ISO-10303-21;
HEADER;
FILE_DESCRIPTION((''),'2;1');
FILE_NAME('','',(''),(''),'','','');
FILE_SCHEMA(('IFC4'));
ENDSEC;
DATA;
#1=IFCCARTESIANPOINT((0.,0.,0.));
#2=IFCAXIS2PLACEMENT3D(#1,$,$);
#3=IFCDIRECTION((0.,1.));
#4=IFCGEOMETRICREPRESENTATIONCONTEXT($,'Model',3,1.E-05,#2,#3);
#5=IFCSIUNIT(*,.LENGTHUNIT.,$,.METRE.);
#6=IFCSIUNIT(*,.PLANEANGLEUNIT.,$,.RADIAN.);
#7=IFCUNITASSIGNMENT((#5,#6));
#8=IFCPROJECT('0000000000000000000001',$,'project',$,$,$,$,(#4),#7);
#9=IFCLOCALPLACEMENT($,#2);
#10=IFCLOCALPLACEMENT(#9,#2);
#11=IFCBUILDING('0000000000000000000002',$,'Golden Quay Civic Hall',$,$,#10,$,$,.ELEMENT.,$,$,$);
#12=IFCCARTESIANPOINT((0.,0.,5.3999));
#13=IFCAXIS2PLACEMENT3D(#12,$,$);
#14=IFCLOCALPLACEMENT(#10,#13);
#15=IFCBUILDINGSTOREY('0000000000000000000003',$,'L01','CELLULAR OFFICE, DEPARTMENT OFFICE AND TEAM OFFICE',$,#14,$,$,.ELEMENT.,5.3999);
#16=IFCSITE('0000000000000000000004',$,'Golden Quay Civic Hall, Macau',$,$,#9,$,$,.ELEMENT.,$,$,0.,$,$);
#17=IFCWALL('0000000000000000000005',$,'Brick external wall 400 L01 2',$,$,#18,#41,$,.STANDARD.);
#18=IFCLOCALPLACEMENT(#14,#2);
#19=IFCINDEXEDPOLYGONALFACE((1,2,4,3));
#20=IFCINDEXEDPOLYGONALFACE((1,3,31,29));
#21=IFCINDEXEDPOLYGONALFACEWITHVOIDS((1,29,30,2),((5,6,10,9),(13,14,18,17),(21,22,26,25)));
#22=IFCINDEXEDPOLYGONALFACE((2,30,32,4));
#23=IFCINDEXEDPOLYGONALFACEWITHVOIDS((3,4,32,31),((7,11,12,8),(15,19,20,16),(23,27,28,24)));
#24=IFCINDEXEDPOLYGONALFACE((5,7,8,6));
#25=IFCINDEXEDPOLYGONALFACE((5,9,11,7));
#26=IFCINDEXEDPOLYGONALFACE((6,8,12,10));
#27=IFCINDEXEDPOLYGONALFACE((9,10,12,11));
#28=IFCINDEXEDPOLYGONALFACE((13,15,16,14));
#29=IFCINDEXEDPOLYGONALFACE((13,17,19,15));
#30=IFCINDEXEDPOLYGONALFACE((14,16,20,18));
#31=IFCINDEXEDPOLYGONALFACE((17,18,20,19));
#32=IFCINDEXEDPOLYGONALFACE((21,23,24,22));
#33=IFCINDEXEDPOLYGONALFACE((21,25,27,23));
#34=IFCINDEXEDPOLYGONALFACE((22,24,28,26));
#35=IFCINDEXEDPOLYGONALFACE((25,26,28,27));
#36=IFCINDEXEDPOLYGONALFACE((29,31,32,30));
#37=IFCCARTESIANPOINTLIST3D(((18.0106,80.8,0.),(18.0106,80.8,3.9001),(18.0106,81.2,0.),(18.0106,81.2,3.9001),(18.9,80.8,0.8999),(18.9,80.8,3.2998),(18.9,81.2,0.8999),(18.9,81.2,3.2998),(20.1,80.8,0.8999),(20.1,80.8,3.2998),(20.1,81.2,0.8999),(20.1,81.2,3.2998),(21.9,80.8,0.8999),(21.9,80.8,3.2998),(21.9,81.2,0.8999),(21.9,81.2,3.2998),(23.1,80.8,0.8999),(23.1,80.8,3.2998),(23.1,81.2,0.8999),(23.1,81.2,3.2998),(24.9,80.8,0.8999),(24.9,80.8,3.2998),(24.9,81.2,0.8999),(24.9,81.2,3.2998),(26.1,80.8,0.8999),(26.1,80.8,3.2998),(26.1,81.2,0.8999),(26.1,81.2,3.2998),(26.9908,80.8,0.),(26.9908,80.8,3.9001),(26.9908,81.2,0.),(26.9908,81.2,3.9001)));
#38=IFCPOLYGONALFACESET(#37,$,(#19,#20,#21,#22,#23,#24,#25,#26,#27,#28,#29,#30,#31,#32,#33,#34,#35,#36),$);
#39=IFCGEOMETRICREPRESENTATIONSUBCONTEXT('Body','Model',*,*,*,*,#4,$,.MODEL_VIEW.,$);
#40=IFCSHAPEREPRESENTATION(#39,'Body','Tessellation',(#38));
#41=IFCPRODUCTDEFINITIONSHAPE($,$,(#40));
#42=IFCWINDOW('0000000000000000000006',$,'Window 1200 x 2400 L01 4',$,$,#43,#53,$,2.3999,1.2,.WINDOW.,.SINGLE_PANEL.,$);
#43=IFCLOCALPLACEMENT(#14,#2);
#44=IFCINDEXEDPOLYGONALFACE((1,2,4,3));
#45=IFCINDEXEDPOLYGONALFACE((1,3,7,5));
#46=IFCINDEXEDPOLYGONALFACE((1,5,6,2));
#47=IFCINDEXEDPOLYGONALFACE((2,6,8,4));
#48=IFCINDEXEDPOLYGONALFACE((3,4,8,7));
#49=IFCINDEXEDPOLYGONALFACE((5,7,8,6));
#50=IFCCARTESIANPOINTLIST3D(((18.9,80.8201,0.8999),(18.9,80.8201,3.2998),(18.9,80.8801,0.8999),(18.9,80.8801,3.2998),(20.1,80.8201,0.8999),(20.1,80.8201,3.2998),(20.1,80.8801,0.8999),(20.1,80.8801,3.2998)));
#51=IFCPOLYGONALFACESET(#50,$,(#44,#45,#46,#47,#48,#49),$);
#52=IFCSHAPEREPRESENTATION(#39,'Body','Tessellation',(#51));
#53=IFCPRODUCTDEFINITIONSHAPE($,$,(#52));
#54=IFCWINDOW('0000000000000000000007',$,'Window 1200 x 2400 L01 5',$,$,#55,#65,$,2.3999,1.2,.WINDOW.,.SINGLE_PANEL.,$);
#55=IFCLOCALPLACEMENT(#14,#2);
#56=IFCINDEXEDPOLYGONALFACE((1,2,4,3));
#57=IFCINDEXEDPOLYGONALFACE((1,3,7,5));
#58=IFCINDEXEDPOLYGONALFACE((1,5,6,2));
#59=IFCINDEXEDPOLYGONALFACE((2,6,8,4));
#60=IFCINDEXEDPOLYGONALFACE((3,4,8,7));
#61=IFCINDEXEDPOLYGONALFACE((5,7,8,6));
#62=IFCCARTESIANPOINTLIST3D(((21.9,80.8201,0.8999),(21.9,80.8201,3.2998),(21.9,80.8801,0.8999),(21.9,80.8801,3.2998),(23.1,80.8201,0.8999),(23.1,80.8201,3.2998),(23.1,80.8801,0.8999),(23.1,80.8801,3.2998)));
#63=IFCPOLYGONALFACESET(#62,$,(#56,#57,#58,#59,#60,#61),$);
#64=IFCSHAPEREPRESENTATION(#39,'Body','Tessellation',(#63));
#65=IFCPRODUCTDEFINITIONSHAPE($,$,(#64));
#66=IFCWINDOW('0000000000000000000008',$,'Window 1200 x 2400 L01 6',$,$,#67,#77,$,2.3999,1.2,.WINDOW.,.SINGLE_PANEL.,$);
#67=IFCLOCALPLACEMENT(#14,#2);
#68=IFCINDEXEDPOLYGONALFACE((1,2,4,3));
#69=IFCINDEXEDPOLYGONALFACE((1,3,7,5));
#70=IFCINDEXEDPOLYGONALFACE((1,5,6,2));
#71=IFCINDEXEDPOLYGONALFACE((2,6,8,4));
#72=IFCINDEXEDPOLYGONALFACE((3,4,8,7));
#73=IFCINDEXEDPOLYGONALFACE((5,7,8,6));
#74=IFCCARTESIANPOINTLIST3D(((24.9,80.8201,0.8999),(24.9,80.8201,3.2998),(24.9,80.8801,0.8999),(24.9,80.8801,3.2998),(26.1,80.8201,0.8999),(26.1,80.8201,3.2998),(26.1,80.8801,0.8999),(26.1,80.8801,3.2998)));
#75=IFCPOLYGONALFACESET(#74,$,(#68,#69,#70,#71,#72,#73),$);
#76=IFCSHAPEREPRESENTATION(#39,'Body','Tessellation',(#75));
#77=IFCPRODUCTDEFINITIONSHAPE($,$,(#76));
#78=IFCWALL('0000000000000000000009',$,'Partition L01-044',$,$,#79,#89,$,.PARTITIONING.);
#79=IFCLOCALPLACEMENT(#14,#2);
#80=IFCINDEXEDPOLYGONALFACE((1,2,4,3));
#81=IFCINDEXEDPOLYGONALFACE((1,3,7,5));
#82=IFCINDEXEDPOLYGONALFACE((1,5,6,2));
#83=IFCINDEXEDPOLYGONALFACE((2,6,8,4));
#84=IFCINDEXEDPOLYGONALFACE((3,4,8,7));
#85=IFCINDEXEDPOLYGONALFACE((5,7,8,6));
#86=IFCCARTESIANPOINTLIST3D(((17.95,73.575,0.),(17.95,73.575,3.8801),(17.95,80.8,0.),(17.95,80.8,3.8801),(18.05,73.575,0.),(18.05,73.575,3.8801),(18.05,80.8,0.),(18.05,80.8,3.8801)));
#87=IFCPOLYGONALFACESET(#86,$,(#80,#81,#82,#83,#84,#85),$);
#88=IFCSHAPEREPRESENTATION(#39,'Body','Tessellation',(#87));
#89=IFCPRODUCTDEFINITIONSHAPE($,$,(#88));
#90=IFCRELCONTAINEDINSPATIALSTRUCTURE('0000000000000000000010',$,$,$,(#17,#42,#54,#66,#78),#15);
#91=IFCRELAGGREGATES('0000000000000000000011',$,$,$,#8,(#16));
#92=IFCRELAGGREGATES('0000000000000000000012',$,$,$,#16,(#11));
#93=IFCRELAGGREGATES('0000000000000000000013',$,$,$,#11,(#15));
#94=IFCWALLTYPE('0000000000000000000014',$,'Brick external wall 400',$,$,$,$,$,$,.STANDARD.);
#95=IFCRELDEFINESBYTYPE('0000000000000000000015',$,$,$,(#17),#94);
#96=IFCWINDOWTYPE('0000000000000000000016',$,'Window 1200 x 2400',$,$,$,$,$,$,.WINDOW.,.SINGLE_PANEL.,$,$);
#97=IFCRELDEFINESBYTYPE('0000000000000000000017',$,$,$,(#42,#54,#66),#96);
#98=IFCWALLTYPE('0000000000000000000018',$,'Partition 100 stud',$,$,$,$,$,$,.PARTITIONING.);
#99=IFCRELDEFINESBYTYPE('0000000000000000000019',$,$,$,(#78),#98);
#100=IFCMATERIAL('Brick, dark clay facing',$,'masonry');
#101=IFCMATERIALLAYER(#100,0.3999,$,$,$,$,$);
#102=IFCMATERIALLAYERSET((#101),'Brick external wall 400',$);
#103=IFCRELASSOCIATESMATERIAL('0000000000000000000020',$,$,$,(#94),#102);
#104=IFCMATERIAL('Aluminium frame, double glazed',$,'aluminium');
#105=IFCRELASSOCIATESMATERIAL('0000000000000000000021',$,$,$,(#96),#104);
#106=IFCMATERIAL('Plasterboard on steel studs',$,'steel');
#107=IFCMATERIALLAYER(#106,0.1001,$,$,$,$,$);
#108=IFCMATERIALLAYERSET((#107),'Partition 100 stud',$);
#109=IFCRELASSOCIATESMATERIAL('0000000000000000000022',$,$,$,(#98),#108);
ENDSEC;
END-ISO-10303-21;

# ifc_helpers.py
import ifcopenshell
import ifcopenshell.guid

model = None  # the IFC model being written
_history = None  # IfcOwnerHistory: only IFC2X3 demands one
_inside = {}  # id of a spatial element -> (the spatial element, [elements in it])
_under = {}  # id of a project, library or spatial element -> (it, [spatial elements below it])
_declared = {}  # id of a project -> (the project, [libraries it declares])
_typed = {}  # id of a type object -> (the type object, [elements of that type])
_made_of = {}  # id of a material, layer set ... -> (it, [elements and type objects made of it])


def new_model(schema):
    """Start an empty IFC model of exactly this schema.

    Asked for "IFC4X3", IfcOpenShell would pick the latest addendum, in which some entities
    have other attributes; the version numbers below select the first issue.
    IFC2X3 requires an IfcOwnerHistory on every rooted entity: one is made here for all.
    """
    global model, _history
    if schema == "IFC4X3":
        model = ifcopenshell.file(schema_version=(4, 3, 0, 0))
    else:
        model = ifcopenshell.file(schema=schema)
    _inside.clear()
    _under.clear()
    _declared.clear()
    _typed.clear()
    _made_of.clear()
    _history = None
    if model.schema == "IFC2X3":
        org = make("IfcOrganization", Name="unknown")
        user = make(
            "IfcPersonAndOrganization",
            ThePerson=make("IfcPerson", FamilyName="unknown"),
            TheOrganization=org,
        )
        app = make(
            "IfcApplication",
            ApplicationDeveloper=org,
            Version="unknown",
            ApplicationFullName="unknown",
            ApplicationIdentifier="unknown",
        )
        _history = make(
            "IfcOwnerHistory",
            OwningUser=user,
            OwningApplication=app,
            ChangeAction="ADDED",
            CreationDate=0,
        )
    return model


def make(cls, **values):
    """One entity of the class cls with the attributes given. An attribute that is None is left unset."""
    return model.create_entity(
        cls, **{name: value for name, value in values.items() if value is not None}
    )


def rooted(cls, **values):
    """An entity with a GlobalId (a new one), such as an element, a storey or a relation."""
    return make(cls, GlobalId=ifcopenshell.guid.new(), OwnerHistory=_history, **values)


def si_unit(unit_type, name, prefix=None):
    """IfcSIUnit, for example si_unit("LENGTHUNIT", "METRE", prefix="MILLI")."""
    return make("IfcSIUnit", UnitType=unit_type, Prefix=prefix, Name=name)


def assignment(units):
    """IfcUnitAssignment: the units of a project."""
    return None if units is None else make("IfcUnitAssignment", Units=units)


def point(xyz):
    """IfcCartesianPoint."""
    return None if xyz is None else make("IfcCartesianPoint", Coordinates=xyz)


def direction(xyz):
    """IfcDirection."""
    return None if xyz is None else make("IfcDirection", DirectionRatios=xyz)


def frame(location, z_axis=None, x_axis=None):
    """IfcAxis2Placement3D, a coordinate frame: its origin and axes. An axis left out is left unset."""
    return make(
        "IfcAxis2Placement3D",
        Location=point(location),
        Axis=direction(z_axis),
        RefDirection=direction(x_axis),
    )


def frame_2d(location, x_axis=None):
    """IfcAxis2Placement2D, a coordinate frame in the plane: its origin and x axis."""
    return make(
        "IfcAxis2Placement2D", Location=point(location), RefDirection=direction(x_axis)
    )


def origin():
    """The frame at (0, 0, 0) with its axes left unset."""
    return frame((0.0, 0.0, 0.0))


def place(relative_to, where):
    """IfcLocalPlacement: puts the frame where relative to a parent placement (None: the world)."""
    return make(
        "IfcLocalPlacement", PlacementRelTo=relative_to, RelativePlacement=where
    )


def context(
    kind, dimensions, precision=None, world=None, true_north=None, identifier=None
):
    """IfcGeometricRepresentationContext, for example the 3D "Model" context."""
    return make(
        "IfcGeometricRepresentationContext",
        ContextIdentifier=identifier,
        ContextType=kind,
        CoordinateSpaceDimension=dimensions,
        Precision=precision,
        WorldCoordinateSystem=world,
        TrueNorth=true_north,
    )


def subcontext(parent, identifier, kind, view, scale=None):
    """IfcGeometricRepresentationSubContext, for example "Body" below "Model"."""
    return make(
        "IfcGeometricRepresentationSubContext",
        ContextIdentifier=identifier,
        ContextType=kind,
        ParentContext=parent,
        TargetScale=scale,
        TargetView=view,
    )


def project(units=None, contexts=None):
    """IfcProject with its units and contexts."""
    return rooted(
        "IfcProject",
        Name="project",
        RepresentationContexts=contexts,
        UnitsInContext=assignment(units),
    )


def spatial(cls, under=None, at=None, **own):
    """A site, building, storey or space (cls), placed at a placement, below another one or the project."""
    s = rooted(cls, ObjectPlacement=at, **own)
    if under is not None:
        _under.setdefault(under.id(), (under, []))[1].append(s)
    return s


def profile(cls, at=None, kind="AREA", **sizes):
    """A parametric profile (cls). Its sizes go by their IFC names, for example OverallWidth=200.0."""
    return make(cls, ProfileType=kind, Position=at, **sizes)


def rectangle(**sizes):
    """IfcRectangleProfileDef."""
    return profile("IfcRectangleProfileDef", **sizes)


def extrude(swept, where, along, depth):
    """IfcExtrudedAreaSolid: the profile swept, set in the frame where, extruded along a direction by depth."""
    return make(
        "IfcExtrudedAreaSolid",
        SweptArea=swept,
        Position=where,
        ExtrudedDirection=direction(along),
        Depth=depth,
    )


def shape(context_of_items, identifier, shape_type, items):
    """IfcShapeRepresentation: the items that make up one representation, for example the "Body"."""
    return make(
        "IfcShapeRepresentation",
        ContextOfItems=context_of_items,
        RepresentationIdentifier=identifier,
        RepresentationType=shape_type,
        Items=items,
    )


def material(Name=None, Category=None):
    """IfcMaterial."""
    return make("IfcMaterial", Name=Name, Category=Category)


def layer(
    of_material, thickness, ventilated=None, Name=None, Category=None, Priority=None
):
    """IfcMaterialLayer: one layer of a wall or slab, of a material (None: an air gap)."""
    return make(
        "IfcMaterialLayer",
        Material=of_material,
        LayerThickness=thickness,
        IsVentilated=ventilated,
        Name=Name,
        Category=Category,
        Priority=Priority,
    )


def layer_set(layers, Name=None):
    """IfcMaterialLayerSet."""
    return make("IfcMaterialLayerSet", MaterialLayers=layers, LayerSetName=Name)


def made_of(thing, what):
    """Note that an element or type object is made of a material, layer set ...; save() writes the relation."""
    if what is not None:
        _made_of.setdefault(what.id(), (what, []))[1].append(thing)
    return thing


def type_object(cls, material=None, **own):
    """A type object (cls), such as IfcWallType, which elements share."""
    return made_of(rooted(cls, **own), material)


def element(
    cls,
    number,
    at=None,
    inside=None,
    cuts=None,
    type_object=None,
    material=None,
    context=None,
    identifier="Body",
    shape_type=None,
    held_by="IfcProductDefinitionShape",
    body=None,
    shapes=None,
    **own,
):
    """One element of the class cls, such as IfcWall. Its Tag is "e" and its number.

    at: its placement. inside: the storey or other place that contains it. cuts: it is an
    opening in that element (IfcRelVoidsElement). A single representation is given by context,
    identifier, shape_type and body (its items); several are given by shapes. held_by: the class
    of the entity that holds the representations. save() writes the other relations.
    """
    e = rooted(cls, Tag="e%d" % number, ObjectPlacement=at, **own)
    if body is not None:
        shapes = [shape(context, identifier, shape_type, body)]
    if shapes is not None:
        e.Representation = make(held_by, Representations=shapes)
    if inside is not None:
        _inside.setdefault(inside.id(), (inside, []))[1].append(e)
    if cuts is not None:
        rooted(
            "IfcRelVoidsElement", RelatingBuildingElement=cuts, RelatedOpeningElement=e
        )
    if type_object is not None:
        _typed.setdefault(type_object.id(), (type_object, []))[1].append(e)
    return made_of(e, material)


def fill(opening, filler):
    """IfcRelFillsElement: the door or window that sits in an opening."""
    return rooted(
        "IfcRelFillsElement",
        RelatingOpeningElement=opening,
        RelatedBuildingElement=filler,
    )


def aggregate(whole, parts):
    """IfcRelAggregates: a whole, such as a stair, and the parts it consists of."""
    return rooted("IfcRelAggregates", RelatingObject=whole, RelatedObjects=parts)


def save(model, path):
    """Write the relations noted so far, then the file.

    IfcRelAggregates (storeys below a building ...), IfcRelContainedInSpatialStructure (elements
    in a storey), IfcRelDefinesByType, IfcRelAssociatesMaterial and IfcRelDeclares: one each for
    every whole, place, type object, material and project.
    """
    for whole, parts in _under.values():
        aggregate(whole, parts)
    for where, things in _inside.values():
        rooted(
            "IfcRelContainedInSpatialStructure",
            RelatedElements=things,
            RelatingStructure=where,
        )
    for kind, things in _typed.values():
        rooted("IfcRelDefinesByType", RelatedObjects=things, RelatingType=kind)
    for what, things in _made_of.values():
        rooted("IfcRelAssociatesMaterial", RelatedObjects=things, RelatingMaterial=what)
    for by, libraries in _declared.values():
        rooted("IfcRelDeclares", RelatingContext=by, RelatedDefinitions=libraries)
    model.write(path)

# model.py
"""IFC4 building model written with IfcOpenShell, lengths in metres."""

from ifc_helpers import new_model, si_unit, direction, frame, frame_2d, origin, place, context, subcontext, project, spatial, rectangle, extrude, material, layer, layer_set, type_object, element, fill, save


model = new_model("IFC4")

# Units and contexts
model_context = context("Model", 3, precision=1e-05, world=origin(), true_north=direction((0.0, 1.0)))
body_context = subcontext(model_context, "Body", "Model", "MODEL_VIEW")
ifc_project = project(units=[si_unit("LENGTHUNIT", "METRE"), si_unit("PLANEANGLEUNIT", "RADIAN")], contexts=[model_context])

# Site, building, storey
site_placement = place(None, origin())
site = spatial("IfcSite", under=ifc_project, at=site_placement, Name="Golden Quay Civic Hall, Macau", CompositionType="ELEMENT", RefElevation=0.0)
building_placement = place(site_placement, origin())
building = spatial("IfcBuilding", under=site, at=building_placement, Name="Golden Quay Civic Hall", CompositionType="ELEMENT")
storey_placement = place(building_placement, frame((0.0, 0.0, 5.3999)))
storey = spatial("IfcBuildingStorey", under=building, at=storey_placement, Name="L01", Description="CELLULAR OFFICE, DEPARTMENT OFFICE AND TEAM OFFICE", CompositionType="ELEMENT", Elevation=5.3999)

# Wall, openings, windows
ifc_material_1 = material(Name="Brick, dark clay facing", Category="masonry")
ifc_layer_1 = layer(ifc_material_1, 0.3999)
ifc_layer_set_1 = layer_set([ifc_layer_1], Name="Brick external wall 400")
wall_type_1 = type_object("IfcWallType", Name="Brick external wall 400", PredefinedType="STANDARD", material=ifc_layer_set_1)
wall_1_placement = place(storey_placement, frame((18.0105, 81.0, 0.0), z_axis=(0.0, 0.0, 1.0), x_axis=(1.0, 0.0, 0.0)))
wall_1 = element("IfcWall", 1, at=wall_1_placement, inside=storey, type_object=wall_type_1, Name="Brick external wall 400 L01 2", PredefinedType="STANDARD", context=body_context, shape_type="SweptSolid", body=[
    extrude(rectangle(XDim=8.9802, YDim=0.3999, at=frame_2d((4.4902, 0.0))), origin(), (0.0, 0.0, 1.0), 3.9001),
])
opening_1_placement = place(wall_1_placement, frame((0.8894, 0.0, 0.8999)))
opening_1 = element("IfcOpeningElement", 2, at=opening_1_placement, cuts=wall_1, PredefinedType="OPENING", context=body_context, shape_type="SweptSolid", body=[
    extrude(rectangle(XDim=1.2, YDim=2.3999, at=frame_2d((0.6001, 1.2))), frame((0.0, 0.21, 0.0), z_axis=(0.0, -1.0, 0.0), x_axis=(1.0, 0.0, 0.0)), (0.0, 0.0, 1.0), 0.4199),
])
opening_2_placement = place(wall_1_placement, frame((3.8894, 0.0, 0.8999)))
opening_2 = element("IfcOpeningElement", 3, at=opening_2_placement, cuts=wall_1, PredefinedType="OPENING", context=body_context, shape_type="SweptSolid", body=[
    extrude(rectangle(XDim=1.2, YDim=2.3999, at=frame_2d((0.6001, 1.2))), frame((0.0, 0.21, 0.0), z_axis=(0.0, -1.0, 0.0), x_axis=(1.0, 0.0, 0.0)), (0.0, 0.0, 1.0), 0.4199),
])
opening_3_placement = place(wall_1_placement, frame((6.8894, 0.0, 0.8999)))
opening_3 = element("IfcOpeningElement", 4, at=opening_3_placement, cuts=wall_1, PredefinedType="OPENING", context=body_context, shape_type="SweptSolid", body=[
    extrude(rectangle(XDim=1.2, YDim=2.3999, at=frame_2d((0.6001, 1.2))), frame((0.0, 0.21, 0.0), z_axis=(0.0, -1.0, 0.0), x_axis=(1.0, 0.0, 0.0)), (0.0, 0.0, 1.0), 0.4199),
])
ifc_material_2 = material(Name="Aluminium frame, double glazed", Category="aluminium")
window_type = type_object("IfcWindowType", Name="Window 1200 x 2400", PartitioningType="SINGLE_PANEL", PredefinedType="WINDOW", material=ifc_material_2)
window_1_placement = place(opening_1_placement, origin())
window_1 = element("IfcWindow", 5, at=window_1_placement, inside=storey, type_object=window_type, Name="Window 1200 x 2400 L01 4", OverallHeight=2.3999, OverallWidth=1.2, PartitioningType="SINGLE_PANEL", PredefinedType="WINDOW", context=body_context, shape_type="SweptSolid", body=[
    extrude(rectangle(XDim=1.2, YDim=2.3999, at=frame_2d((0.6001, 1.2))), frame((0.0, -0.1199, 0.0), z_axis=(0.0, -1.0, 0.0), x_axis=(1.0, 0.0, 0.0)), (0.0, 0.0, 1.0), 0.0601),
])
fill(opening_1, window_1)
window_2_placement = place(opening_2_placement, origin())
window_2 = element("IfcWindow", 6, at=window_2_placement, inside=storey, type_object=window_type, Name="Window 1200 x 2400 L01 5", OverallHeight=2.3999, OverallWidth=1.2, PartitioningType="SINGLE_PANEL", PredefinedType="WINDOW", context=body_context, shape_type="SweptSolid", body=[
    extrude(rectangle(XDim=1.2, YDim=2.3999, at=frame_2d((0.6001, 1.2))), frame((0.0, -0.1199, 0.0), z_axis=(0.0, -1.0, 0.0), x_axis=(1.0, 0.0, 0.0)), (0.0, 0.0, 1.0), 0.0601),
])
fill(opening_2, window_2)
window_3_placement = place(opening_3_placement, origin())
window_3 = element("IfcWindow", 7, at=window_3_placement, inside=storey, type_object=window_type, Name="Window 1200 x 2400 L01 6", OverallHeight=2.3999, OverallWidth=1.2, PartitioningType="SINGLE_PANEL", PredefinedType="WINDOW", context=body_context, shape_type="SweptSolid", body=[
    extrude(rectangle(XDim=1.2, YDim=2.3999, at=frame_2d((0.6001, 1.2))), frame((0.0, -0.1199, 0.0), z_axis=(0.0, -1.0, 0.0), x_axis=(1.0, 0.0, 0.0)), (0.0, 0.0, 1.0), 0.0601),
])
fill(opening_3, window_3)

# Wall
ifc_material_3 = material(Name="Plasterboard on steel studs", Category="steel")
ifc_layer_2 = layer(ifc_material_3, 0.1001)
ifc_layer_set_2 = layer_set([ifc_layer_2], Name="Partition 100 stud")
wall_type_2 = type_object("IfcWallType", Name="Partition 100 stud", PredefinedType="PARTITIONING", material=ifc_layer_set_2)
wall_2_placement = place(storey_placement, frame((18.0, 73.575, 0.0), z_axis=(0.0, 0.0, 1.0), x_axis=(0.0, 1.0, 0.0)))
element("IfcWall", 8, at=wall_2_placement, inside=storey, type_object=wall_type_2, Name="Partition L01-044", PredefinedType="PARTITIONING", context=body_context, shape_type="SweptSolid", body=[
    extrude(rectangle(XDim=7.2251, YDim=0.1001, at=frame_2d((3.6125, 0.0))), origin(), (0.0, 0.0, 1.0), 3.8801),
])

save(model, "model.ifc")
